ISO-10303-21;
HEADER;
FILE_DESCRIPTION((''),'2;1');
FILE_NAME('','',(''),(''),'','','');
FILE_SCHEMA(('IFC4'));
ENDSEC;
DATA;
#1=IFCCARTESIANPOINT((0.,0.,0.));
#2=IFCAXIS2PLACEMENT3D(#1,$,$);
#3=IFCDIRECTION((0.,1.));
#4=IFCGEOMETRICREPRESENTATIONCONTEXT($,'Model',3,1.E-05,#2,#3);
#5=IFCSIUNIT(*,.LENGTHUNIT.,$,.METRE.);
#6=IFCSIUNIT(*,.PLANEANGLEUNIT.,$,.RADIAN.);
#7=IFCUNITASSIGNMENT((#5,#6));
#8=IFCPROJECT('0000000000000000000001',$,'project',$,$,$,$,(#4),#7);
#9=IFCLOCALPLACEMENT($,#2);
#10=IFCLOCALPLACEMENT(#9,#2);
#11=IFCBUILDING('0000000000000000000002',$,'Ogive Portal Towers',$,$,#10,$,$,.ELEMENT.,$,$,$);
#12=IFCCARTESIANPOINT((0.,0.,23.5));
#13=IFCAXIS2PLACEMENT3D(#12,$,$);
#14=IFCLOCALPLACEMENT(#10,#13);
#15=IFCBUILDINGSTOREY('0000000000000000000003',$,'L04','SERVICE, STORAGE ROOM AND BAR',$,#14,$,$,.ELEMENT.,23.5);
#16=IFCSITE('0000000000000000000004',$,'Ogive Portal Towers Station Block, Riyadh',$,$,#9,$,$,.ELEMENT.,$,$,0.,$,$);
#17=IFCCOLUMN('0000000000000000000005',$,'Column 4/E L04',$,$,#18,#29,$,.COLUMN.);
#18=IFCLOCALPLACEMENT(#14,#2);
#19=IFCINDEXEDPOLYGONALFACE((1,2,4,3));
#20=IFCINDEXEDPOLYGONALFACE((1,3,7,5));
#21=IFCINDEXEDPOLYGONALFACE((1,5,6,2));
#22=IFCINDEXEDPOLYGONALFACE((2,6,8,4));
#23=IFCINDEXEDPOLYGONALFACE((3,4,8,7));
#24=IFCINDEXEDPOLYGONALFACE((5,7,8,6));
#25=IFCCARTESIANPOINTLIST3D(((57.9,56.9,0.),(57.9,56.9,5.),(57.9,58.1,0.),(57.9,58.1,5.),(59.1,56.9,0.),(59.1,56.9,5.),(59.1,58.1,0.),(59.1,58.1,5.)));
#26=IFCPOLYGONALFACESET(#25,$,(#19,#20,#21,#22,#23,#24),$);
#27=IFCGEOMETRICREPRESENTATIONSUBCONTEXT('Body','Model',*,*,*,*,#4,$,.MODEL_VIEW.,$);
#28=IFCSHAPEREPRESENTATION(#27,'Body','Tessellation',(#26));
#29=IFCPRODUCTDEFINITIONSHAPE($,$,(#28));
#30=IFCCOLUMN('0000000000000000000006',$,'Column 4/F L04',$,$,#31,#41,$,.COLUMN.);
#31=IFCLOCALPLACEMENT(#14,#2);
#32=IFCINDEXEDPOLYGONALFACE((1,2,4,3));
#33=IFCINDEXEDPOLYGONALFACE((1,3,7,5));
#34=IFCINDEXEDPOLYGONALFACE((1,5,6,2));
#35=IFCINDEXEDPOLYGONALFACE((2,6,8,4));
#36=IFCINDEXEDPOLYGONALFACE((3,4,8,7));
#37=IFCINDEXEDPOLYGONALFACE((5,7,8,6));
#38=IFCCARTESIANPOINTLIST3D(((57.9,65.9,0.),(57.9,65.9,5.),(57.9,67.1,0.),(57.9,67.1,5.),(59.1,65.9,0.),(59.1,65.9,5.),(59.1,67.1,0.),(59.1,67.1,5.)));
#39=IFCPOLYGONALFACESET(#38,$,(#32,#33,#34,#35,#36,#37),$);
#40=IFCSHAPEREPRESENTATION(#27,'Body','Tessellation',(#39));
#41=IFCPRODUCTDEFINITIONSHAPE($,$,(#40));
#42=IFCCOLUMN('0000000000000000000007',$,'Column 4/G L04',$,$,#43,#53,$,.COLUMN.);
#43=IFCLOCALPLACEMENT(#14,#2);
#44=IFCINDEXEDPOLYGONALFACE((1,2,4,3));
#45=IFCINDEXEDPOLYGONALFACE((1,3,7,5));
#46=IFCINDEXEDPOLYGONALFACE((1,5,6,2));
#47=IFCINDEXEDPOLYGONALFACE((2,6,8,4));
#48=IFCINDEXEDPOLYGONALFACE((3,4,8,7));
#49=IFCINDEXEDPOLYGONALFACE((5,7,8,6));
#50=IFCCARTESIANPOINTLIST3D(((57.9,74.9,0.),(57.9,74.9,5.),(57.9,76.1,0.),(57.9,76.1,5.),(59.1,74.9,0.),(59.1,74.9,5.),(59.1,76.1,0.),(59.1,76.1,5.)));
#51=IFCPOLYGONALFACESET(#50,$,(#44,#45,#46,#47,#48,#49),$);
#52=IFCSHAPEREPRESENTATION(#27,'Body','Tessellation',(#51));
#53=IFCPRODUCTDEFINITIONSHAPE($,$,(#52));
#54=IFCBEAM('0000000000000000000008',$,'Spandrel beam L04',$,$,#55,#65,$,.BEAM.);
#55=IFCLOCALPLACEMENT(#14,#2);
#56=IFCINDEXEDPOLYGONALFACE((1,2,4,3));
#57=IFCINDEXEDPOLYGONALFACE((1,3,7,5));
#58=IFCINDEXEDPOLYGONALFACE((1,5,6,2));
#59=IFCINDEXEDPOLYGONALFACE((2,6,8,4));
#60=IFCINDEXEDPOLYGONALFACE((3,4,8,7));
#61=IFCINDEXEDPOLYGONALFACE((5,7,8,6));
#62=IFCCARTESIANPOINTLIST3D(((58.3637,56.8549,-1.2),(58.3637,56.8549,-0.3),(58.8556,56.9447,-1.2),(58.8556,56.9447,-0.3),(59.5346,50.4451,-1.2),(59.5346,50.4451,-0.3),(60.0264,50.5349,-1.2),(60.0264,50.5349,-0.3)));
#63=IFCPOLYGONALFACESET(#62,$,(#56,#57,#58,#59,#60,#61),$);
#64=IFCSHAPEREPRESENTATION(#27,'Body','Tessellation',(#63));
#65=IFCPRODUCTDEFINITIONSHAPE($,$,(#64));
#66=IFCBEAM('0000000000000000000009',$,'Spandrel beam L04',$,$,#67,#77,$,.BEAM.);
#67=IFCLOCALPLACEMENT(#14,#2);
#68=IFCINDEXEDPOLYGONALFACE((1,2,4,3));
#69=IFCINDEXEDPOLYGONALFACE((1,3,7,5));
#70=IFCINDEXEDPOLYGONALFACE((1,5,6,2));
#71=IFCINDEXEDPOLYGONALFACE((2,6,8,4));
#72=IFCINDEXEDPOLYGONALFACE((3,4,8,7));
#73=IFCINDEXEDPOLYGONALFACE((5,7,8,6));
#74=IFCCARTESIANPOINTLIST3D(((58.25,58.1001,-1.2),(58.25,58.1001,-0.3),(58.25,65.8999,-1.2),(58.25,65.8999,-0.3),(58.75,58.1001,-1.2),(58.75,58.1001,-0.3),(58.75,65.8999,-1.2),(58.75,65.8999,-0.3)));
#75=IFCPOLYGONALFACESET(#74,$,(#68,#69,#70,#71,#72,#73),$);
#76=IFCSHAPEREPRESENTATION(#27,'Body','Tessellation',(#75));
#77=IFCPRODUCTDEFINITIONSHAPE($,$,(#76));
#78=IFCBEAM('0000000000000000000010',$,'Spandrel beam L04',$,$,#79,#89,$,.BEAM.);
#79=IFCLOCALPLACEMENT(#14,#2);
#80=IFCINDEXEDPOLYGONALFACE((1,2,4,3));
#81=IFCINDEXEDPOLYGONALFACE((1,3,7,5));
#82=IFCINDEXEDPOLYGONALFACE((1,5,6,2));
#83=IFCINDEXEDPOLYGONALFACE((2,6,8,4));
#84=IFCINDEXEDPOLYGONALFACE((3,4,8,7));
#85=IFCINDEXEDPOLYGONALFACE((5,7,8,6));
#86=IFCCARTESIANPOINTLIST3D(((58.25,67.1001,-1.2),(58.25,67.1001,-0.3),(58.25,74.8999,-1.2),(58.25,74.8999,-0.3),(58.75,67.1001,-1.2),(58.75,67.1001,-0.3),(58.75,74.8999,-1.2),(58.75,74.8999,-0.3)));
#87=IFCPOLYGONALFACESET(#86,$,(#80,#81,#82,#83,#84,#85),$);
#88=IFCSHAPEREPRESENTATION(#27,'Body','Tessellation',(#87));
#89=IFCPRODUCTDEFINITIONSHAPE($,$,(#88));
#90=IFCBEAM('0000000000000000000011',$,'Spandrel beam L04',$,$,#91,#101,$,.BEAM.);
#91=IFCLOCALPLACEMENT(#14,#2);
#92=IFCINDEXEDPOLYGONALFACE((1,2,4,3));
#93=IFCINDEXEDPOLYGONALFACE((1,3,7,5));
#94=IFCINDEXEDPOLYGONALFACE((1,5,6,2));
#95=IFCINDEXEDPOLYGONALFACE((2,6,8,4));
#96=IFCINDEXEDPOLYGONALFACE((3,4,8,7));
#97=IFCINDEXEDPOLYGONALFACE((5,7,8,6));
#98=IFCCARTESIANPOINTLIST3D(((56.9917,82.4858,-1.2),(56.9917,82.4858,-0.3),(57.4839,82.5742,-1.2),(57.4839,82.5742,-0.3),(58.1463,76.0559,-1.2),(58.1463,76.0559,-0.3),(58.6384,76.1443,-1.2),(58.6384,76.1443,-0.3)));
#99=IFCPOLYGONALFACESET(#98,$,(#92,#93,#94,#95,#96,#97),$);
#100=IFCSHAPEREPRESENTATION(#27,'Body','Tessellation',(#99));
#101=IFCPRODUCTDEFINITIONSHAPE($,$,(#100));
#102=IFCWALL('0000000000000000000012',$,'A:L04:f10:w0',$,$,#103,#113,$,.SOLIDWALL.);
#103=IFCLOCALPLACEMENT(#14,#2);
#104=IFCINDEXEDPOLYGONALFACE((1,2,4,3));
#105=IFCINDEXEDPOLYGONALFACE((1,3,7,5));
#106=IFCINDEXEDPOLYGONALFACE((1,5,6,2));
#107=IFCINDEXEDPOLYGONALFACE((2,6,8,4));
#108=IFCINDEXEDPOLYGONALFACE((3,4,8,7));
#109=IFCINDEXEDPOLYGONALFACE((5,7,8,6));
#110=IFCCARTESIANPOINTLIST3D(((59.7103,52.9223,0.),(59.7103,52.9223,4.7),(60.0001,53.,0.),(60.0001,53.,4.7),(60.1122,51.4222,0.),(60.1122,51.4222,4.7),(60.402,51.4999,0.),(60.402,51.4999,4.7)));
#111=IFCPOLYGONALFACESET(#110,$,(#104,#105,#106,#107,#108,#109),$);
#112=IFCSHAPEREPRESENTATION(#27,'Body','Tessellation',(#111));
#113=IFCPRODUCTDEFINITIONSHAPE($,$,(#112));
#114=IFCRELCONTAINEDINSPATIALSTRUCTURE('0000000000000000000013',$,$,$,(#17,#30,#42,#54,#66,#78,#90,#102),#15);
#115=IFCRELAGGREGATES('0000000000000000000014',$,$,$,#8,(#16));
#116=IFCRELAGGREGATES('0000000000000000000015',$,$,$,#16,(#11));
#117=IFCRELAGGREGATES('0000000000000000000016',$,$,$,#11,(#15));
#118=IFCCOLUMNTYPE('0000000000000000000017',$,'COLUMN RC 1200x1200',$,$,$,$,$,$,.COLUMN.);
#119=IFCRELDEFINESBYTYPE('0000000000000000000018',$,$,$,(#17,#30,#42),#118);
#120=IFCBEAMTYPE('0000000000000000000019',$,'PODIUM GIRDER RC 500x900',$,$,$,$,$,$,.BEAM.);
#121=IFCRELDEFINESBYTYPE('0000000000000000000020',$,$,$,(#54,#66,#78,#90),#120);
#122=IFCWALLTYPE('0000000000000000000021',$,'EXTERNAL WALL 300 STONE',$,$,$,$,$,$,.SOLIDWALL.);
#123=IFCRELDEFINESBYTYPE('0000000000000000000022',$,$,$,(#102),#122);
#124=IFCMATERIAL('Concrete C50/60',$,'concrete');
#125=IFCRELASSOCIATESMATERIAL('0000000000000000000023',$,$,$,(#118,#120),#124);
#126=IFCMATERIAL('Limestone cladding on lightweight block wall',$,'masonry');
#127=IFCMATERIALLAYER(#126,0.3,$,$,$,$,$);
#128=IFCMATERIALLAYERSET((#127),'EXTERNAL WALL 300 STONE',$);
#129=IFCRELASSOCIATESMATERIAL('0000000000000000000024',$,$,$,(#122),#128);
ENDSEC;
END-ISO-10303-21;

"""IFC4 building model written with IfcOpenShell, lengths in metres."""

from ifc_helpers import new_model, si_unit, direction, frame, frame_2d, origin, origin_2d, place, context, subcontext, project, spatial, rectangle, extrude, material, layer, layer_set, material_profile, profile_set, type_object, element, save


model = new_model("IFC4")

# Units and contexts
model_context = context("Model", 3, precision=1e-05, world=origin(), true_north=direction((0.0, 1.0)))
body_context = subcontext(model_context, "Body", "Model", "MODEL_VIEW")
ifc_project = project(units=[si_unit("LENGTHUNIT", "METRE"), si_unit("PLANEANGLEUNIT", "RADIAN")], contexts=[model_context])

# Site, building, storey
site_placement = place(None, origin())
site = spatial("IfcSite", under=ifc_project, at=site_placement, Name="Ogive Portal Towers Station Block, Riyadh", CompositionType="ELEMENT", RefElevation=0.0)
building_placement = place(site_placement, origin())
building = spatial("IfcBuilding", under=site, at=building_placement, Name="Ogive Portal Towers", CompositionType="ELEMENT")
storey_placement = place(building_placement, frame((0.0, 0.0, 23.5)))
storey = spatial("IfcBuildingStorey", under=building, at=storey_placement, Name="L04", Description="SERVICE, STORAGE ROOM AND BAR", CompositionType="ELEMENT", Elevation=23.5)

# Columns
ifc_material_1 = material(Name="Concrete C50/60", Category="concrete")
ifc_material_profile_1 = material_profile(ifc_material_1, rectangle(XDim=1.2, YDim=1.2, at=origin_2d()), Name="RC 1200x1200")
ifc_profile_set_1 = profile_set([ifc_material_profile_1], Name="Concrete C50/60")
column_type = type_object("IfcColumnType", Name="COLUMN RC 1200x1200", PredefinedType="COLUMN", material=ifc_profile_set_1)
for number, where, z_axis, x_axis, name in (
    (1, (58.5, 57.5, 0.0), (0.0, 0.0, 1.0), (1.0, 0.0, 0.0), "Column 4/E L04"),
    (2, (58.5, 66.5, 0.0), (0.0, 0.0, 1.0), (1.0, 0.0, 0.0), "Column 4/F L04"),
    (3, (58.5, 75.5, 0.0), (0.0, 0.0, 1.0), (1.0, 0.0, 0.0), "Column 4/G L04"),
):
    element("IfcColumn", number, at=place(storey_placement, frame(where, z_axis=z_axis, x_axis=x_axis)), inside=storey, type_object=column_type, Name=name, PredefinedType="COLUMN", context=body_context, shape_type="SweptSolid", body=[
        extrude(rectangle(XDim=1.2, YDim=1.2, at=origin_2d()), origin(), (0.0, 0.0, 1.0), 5.0),
    ])

# Beams
ifc_material_profile_2 = material_profile(ifc_material_1, rectangle(XDim=0.5, YDim=0.8999, at=origin_2d()), Name="RC 500x900")
ifc_profile_set_2 = profile_set([ifc_material_profile_2], Name="Concrete C50/60")
beam_type = type_object("IfcBeamType", Name="PODIUM GIRDER RC 500x900", PredefinedType="BEAM", material=ifc_profile_set_2)
beam_1_placement = place(storey_placement, frame((59.7805, 50.49, -0.75), z_axis=(-0.179696, 0.983722, 0.0), x_axis=(-0.983722, -0.179696, 0.0)))
element("IfcBeam", 4, at=beam_1_placement, inside=storey, type_object=beam_type, Name="Spandrel beam L04", PredefinedType="BEAM", context=body_context, shape_type="SweptSolid", body=[
    extrude(rectangle(XDim=0.5, YDim=0.8999, at=origin_2d()), origin(), (0.0, 0.0, 1.0), 6.5159),
])
for number, where, z_axis, x_axis, name in (
    (5, (58.5, 58.1001, -0.75), (0.0, 1.0, 0.0), (-1.0, 0.0, 0.0), "Spandrel beam L04"),
    (6, (58.5, 67.1001, -0.75), (0.0, 1.0, 0.0), (-1.0, 0.0, 0.0), "Spandrel beam L04"),
):
    element("IfcBeam", number, at=place(storey_placement, frame(where, z_axis=z_axis, x_axis=x_axis)), inside=storey, type_object=beam_type, Name=name, PredefinedType="BEAM", context=body_context, shape_type="SweptSolid", body=[
        extrude(rectangle(XDim=0.5, YDim=0.8999, at=origin_2d()), origin(), (0.0, 0.0, 1.0), 7.7998),
    ])
beam_2_placement = place(storey_placement, frame((58.3923, 76.1001, -0.75), z_axis=(-0.176731, 0.984259, 0.0), x_axis=(-0.984259, -0.176731, 0.0)))
element("IfcBeam", 7, at=beam_2_placement, inside=storey, type_object=beam_type, Name="Spandrel beam L04", PredefinedType="BEAM", context=body_context, shape_type="SweptSolid", body=[
    extrude(rectangle(XDim=0.5, YDim=0.8999, at=origin_2d()), origin(), (0.0, 0.0, 1.0), 6.5327),
])

# Wall
ifc_material_2 = material(Name="Limestone cladding on lightweight block wall", Category="masonry")
ifc_layer_1 = layer(ifc_material_2, 0.3)
ifc_layer_set_1 = layer_set([ifc_layer_1], Name="EXTERNAL WALL 300 STONE")
wall_type = type_object("IfcWallType", Name="EXTERNAL WALL 300 STONE", PredefinedType="SOLIDWALL", material=ifc_layer_set_1)
wall_1_placement = place(storey_placement, frame((60.2571, 51.4612, 0.0), z_axis=(0.0, 0.0, 1.0), x_axis=(-0.258778, 0.965937, 0.0)))
element("IfcWall", 8, at=wall_1_placement, inside=storey, type_object=wall_type, Name="A:L04:f10:w0", PredefinedType="SOLIDWALL", context=body_context, shape_type="SweptSolid", body=[
    extrude(rectangle(XDim=1.553, YDim=0.3, at=frame_2d((0.7764, 0.0))), origin(), (0.0, 0.0, 1.0), 4.7),
])

save(model, "model.ifc")
